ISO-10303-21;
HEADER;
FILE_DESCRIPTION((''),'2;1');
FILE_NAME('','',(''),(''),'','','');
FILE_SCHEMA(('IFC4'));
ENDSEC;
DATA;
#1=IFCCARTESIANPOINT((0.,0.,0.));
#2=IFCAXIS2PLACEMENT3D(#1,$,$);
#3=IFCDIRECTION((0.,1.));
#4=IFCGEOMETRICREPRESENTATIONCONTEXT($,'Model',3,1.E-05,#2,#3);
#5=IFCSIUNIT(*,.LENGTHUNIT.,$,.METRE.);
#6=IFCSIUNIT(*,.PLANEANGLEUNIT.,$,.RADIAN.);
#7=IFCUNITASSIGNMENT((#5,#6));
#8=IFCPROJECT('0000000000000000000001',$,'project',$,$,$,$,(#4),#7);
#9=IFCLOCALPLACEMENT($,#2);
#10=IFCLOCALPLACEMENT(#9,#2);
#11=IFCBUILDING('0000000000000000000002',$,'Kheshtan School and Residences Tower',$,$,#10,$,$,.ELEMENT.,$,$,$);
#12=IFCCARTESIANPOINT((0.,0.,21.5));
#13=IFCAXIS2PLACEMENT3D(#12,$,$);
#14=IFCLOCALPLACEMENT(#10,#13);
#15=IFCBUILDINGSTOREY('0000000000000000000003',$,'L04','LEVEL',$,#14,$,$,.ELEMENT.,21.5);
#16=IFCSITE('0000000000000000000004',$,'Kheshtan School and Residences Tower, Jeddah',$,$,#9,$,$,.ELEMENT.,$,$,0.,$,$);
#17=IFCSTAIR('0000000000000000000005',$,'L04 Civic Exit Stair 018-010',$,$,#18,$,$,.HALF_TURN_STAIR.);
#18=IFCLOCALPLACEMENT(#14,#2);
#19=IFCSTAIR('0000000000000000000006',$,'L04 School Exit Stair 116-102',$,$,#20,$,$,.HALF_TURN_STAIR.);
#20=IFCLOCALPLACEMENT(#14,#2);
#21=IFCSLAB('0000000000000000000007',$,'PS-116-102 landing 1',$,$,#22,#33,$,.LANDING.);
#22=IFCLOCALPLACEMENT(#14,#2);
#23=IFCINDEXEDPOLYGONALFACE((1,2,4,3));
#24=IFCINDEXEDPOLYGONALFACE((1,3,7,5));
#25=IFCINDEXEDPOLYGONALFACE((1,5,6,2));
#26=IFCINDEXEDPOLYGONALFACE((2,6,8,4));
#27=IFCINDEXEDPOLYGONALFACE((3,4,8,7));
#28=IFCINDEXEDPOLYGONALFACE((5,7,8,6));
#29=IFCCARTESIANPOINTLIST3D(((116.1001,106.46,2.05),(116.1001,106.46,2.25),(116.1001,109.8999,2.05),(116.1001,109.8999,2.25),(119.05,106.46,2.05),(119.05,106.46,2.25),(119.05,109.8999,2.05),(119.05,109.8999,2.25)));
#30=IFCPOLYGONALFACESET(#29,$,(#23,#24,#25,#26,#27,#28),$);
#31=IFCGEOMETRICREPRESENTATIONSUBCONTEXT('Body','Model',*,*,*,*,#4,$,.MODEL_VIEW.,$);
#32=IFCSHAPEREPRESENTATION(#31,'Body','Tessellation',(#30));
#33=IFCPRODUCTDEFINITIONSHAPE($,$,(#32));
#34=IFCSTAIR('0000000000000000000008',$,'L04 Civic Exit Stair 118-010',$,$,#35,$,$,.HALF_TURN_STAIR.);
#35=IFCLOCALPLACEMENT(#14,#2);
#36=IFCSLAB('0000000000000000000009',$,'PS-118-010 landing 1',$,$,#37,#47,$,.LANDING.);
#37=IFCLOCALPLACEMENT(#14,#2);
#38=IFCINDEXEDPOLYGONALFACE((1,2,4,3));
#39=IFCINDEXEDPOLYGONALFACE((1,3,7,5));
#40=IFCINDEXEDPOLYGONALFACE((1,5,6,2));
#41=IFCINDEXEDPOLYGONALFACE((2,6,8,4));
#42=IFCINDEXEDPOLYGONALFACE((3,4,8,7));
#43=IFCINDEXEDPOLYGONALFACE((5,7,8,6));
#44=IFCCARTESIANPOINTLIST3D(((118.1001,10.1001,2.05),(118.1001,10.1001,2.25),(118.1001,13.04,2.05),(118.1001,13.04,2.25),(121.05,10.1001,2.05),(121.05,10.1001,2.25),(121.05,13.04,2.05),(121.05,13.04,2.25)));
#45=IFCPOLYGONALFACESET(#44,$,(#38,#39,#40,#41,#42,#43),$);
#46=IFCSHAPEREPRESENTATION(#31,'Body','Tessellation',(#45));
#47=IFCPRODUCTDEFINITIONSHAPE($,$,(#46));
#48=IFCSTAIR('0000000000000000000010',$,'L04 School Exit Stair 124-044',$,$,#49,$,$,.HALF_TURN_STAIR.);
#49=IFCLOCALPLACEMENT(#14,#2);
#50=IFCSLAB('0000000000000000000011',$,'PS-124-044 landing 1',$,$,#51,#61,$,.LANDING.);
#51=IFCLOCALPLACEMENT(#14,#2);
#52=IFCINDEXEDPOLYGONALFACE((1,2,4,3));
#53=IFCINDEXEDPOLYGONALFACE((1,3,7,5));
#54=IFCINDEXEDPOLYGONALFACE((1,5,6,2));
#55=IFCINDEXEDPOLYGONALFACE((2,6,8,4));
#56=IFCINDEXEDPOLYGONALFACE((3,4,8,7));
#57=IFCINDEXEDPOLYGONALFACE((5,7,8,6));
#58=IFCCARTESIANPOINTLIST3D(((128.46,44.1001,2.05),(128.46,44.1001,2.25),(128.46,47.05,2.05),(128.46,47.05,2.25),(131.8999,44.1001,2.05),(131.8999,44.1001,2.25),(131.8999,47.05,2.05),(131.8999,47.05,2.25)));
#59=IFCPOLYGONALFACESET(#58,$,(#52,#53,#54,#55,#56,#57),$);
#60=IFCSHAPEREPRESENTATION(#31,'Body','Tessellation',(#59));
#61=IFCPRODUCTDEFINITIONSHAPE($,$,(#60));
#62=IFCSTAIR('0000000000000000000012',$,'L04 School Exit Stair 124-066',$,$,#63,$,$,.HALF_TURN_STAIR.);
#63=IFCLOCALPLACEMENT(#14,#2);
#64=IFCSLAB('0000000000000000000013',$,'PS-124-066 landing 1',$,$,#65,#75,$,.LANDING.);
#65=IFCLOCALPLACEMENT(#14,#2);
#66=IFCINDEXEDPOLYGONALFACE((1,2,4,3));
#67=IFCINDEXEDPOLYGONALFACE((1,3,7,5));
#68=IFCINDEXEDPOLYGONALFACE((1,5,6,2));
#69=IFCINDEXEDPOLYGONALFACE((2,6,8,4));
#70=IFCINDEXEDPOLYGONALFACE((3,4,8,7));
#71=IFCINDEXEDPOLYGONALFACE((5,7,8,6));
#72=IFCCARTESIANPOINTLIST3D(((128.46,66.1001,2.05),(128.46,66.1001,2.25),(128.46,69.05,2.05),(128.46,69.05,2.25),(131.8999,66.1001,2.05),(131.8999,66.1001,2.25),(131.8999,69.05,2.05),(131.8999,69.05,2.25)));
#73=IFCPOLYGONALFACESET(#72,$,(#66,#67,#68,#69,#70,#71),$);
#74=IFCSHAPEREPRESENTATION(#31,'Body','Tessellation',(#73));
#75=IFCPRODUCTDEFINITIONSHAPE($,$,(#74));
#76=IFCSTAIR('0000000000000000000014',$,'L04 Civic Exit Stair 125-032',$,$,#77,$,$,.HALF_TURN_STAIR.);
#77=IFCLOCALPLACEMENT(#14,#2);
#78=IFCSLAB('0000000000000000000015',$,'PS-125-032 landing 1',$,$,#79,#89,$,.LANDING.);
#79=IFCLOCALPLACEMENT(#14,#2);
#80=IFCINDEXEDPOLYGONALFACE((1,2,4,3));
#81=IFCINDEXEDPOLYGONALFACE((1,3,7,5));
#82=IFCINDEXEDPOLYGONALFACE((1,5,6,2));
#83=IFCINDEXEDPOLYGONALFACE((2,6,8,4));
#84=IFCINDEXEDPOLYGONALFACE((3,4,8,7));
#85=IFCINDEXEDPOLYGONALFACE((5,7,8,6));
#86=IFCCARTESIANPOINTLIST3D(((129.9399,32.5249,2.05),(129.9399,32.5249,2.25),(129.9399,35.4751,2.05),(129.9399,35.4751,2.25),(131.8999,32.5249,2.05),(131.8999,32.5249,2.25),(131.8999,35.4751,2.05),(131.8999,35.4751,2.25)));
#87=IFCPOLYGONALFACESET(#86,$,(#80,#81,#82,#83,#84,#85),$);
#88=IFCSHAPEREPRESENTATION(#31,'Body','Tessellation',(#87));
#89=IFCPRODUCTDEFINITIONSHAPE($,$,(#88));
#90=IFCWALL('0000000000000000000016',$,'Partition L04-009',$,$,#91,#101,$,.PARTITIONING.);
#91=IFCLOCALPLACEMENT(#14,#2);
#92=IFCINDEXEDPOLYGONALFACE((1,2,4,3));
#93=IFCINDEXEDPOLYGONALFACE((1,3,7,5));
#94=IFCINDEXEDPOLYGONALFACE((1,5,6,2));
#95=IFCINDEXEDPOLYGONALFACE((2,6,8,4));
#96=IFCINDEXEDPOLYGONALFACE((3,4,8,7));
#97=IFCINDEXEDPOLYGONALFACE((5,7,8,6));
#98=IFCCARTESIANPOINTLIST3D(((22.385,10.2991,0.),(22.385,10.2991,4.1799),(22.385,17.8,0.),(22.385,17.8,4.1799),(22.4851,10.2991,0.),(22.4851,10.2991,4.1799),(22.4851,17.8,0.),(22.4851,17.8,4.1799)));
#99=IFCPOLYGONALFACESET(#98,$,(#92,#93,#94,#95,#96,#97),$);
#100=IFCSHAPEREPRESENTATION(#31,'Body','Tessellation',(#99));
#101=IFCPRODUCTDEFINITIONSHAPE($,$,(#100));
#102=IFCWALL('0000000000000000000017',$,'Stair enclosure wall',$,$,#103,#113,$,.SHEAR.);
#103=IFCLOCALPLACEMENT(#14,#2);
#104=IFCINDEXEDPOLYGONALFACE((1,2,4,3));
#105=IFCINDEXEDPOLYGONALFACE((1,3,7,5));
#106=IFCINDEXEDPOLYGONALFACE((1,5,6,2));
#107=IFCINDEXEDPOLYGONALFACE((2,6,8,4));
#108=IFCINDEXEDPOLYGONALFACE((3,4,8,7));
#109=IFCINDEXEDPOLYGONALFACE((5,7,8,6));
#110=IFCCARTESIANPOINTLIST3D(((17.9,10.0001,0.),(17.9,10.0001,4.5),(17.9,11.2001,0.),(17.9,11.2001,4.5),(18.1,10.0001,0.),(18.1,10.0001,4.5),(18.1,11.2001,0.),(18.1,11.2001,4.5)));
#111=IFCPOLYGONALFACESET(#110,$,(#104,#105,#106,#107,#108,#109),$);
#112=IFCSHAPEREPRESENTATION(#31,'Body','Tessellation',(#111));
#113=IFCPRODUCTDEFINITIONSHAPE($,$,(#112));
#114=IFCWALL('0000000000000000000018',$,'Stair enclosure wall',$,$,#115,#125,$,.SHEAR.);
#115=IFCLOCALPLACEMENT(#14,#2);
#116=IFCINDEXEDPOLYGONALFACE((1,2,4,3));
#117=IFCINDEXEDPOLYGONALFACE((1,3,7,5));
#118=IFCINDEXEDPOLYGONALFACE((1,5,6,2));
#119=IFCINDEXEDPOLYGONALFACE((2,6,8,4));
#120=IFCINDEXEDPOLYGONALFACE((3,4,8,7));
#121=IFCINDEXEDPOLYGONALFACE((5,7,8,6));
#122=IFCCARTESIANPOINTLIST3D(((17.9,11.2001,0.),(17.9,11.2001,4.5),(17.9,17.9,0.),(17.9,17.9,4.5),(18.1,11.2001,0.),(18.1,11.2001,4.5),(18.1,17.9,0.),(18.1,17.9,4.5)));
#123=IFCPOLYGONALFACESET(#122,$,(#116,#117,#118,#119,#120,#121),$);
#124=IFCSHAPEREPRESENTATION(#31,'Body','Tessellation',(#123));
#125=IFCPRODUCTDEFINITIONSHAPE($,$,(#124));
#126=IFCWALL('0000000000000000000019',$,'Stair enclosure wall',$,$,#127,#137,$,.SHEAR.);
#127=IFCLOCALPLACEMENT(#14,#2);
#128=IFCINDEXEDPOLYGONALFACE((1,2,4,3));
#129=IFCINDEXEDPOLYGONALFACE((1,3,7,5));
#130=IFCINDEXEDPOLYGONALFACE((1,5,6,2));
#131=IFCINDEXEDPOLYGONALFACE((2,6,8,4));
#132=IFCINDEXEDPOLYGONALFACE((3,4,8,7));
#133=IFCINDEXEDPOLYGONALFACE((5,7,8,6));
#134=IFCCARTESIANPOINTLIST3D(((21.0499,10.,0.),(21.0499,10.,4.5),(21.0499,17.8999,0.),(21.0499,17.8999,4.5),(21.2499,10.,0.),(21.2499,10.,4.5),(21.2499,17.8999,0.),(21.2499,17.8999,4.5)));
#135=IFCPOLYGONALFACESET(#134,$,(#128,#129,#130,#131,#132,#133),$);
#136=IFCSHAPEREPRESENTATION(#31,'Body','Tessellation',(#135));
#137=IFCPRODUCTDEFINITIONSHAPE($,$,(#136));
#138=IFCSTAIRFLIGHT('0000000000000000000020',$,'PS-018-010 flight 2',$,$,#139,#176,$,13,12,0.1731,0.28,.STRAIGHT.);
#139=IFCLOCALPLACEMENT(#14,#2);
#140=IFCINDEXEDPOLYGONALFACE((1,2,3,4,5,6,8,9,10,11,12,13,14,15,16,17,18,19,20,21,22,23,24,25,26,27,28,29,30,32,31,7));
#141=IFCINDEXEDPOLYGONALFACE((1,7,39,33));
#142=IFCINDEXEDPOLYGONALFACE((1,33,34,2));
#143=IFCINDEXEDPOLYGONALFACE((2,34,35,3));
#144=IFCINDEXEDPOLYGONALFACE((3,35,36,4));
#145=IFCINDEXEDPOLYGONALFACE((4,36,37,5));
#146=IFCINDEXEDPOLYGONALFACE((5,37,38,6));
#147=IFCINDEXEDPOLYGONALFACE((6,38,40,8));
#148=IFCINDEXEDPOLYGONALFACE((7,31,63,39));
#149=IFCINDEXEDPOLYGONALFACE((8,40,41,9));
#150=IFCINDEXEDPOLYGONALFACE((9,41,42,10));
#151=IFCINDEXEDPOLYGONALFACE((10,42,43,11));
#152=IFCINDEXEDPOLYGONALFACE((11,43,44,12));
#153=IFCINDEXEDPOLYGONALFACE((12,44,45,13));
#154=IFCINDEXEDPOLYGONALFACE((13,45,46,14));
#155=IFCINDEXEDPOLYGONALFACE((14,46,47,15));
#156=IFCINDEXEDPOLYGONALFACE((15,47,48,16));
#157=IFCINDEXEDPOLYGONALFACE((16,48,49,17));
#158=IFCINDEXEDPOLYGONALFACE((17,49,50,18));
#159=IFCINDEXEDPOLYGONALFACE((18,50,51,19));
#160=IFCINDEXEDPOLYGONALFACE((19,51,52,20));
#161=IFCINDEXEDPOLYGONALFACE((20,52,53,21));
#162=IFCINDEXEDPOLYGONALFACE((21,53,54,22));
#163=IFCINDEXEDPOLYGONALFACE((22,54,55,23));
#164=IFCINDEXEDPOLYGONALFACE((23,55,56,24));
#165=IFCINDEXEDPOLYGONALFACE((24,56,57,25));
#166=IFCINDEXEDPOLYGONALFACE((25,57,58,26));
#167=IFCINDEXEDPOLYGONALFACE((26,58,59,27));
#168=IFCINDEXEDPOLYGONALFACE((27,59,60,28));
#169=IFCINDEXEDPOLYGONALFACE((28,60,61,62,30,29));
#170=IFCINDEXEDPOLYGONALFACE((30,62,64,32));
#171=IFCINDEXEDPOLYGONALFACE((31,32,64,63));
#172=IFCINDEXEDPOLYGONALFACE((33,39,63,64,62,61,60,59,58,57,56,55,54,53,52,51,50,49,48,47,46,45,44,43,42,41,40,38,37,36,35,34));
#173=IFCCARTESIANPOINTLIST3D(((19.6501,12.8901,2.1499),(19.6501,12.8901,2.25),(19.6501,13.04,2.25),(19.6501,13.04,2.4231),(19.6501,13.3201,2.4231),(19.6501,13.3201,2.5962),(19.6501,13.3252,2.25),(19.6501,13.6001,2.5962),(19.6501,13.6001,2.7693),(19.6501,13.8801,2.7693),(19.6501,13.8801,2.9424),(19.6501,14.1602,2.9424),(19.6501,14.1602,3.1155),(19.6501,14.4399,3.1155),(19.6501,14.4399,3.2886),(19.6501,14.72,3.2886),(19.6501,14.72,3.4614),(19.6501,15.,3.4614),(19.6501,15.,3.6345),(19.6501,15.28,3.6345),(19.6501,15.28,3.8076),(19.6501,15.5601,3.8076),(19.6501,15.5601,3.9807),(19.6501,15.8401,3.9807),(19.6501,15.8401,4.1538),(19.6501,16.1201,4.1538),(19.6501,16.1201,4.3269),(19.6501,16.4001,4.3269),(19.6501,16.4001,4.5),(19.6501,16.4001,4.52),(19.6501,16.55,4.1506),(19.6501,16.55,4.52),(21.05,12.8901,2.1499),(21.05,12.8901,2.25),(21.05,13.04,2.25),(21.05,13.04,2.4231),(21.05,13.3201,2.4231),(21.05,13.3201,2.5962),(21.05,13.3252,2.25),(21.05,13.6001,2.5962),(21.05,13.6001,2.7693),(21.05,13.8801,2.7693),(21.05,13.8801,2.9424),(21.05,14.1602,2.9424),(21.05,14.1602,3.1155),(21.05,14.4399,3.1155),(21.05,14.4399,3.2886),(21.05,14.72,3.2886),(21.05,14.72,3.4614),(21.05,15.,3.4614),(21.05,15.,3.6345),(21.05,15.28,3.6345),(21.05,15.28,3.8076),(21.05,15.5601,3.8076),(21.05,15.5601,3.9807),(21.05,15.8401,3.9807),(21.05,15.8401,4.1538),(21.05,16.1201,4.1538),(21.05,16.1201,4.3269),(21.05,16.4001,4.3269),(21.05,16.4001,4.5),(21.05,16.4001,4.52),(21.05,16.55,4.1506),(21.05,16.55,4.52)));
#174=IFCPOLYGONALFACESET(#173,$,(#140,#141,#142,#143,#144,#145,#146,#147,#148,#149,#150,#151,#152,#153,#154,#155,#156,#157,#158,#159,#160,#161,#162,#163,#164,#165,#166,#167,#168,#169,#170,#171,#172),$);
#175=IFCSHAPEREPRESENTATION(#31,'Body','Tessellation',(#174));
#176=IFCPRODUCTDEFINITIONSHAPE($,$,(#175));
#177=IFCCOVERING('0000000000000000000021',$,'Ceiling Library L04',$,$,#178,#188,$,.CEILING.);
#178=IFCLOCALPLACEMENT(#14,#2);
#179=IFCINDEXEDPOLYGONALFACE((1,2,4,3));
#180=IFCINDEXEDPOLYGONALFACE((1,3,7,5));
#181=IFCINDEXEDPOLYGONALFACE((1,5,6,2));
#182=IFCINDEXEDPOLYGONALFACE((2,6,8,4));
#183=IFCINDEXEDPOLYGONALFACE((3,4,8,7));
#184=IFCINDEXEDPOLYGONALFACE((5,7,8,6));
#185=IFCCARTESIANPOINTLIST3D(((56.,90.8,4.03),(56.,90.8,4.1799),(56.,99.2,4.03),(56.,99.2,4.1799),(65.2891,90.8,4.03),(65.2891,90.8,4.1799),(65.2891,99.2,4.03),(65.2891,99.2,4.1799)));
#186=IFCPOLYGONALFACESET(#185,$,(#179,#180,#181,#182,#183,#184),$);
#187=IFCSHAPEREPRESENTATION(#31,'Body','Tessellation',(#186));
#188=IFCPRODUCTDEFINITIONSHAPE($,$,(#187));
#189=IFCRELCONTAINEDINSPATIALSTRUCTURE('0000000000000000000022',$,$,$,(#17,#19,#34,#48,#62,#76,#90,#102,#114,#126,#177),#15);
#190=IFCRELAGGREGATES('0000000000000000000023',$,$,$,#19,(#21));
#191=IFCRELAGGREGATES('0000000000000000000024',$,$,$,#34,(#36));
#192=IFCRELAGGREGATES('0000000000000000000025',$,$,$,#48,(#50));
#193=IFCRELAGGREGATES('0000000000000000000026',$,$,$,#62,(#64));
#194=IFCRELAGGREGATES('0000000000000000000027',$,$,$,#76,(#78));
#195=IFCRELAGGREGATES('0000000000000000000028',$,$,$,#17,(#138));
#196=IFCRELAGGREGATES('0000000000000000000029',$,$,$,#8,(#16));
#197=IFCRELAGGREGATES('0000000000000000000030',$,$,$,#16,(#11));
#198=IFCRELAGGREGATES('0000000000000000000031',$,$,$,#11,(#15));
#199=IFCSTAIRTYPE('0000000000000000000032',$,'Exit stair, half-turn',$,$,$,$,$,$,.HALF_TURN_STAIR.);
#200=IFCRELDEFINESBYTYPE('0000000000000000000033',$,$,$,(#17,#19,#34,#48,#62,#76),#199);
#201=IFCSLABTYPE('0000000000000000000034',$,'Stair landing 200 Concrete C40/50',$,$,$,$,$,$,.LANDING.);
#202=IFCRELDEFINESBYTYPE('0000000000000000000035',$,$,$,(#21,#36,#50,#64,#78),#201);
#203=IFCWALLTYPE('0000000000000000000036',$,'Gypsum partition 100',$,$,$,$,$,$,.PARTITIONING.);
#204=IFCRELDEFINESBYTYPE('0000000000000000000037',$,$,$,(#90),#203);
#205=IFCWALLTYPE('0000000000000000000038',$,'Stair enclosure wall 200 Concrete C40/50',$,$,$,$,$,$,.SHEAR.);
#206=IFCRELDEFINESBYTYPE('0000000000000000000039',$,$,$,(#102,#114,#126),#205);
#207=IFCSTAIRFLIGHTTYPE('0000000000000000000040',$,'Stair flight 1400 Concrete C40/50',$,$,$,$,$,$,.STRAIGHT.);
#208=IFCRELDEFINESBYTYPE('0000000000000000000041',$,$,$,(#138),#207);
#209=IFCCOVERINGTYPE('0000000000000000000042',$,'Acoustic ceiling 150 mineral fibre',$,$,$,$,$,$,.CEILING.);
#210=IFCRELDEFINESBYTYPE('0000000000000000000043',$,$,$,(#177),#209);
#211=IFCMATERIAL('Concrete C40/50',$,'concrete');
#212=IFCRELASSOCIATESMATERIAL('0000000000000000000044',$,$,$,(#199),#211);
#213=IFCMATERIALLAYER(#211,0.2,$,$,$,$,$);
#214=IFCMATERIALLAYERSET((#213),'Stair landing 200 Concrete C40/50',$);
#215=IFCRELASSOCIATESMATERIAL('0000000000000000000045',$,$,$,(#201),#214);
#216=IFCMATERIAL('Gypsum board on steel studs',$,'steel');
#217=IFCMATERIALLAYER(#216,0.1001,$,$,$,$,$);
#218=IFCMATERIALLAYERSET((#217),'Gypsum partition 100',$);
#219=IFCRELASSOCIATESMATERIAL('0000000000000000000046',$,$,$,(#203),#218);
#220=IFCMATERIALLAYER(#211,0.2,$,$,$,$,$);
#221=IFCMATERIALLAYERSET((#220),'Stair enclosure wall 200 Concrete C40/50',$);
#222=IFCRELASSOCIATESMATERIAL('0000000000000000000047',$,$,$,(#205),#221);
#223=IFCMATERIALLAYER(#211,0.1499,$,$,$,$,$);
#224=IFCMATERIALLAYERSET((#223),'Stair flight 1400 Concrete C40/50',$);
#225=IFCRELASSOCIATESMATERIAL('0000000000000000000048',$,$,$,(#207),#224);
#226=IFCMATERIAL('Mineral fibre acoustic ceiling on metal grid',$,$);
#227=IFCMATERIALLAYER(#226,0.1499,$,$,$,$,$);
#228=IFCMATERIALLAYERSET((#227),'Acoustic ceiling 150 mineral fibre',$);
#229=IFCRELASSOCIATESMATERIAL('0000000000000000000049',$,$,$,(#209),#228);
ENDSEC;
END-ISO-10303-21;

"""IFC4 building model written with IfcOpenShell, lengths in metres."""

from ifc_helpers import new_model, si_unit, direction, frame, frame_2d, origin, place, context, subcontext, project, spatial, polyline, rectangle, outline, extrude, material, layer, layer_set, type_object, element, aggregate, save


model = new_model("IFC4")

# Units and contexts
model_context = context("Model", 3, precision=1e-05, world=origin(), true_north=direction((0.0, 1.0)))
body_context = subcontext(model_context, "Body", "Model", "MODEL_VIEW")
ifc_project = project(units=[si_unit("LENGTHUNIT", "METRE"), si_unit("PLANEANGLEUNIT", "RADIAN")], contexts=[model_context])

# Site, building, storey
site_placement = place(None, origin())
site = spatial("IfcSite", under=ifc_project, at=site_placement, Name="Kheshtan School and Residences Tower, Jeddah", CompositionType="ELEMENT", RefElevation=0.0)
building_placement = place(site_placement, origin())
building = spatial("IfcBuilding", under=site, at=building_placement, Name="Kheshtan School and Residences Tower", CompositionType="ELEMENT")
storey_placement = place(building_placement, frame((0.0, 0.0, 21.5)))
storey = spatial("IfcBuildingStorey", under=building, at=storey_placement, Name="L04", Description="LEVEL", CompositionType="ELEMENT", Elevation=21.5)

# Shared definitions
ifc_material_1 = material(Name="Concrete C40/50", Category="concrete")

# Stairs, slabs
stair_type = type_object("IfcStairType", Name="Exit stair, half-turn", PredefinedType="HALF_TURN_STAIR", material=ifc_material_1)
ifc_layer_1 = layer(ifc_material_1, 0.2)
ifc_layer_set_1 = layer_set([ifc_layer_1], Name="Stair landing 200 Concrete C40/50")
slab_type_1 = type_object("IfcSlabType", Name="Stair landing 200 Concrete C40/50", PredefinedType="LANDING", material=ifc_layer_set_1)
stair_1_placement = place(storey_placement, origin())
stair_1 = element("IfcStair", 1, at=stair_1_placement, inside=storey, type_object=stair_type, Name="L04 Civic Exit Stair 018-010", PredefinedType="HALF_TURN_STAIR")
stair_2_placement = place(storey_placement, origin())
stair_2 = element("IfcStair", 2, at=stair_2_placement, inside=storey, type_object=stair_type, Name="L04 School Exit Stair 116-102", PredefinedType="HALF_TURN_STAIR")
slab_1_placement = place(storey_placement, frame((0.0, 0.0, 2.05)))
slab_1 = element("IfcSlab", 3, at=slab_1_placement, type_object=slab_type_1, Name="PS-116-102 landing 1", PredefinedType="LANDING", context=body_context, shape_type="SweptSolid", body=[
    extrude(outline(polyline([(119.05, 106.46), (119.05, 109.8999), (116.1001, 109.8999), (116.1001, 106.46), (119.05, 106.46)])), origin(), (0.0, 0.0, 1.0), 0.2),
])
aggregate(stair_2, [slab_1])
stair_3_placement = place(storey_placement, origin())
stair_3 = element("IfcStair", 4, at=stair_3_placement, inside=storey, type_object=stair_type, Name="L04 Civic Exit Stair 118-010", PredefinedType="HALF_TURN_STAIR")
slab_2_placement = place(storey_placement, frame((0.0, 0.0, 2.05)))
slab_2 = element("IfcSlab", 5, at=slab_2_placement, type_object=slab_type_1, Name="PS-118-010 landing 1", PredefinedType="LANDING", context=body_context, shape_type="SweptSolid", body=[
    extrude(outline(polyline([(118.1001, 13.04), (118.1001, 10.1001), (121.05, 10.1001), (121.05, 13.04), (118.1001, 13.04)])), origin(), (0.0, 0.0, 1.0), 0.2),
])
aggregate(stair_3, [slab_2])
stair_4_placement = place(storey_placement, origin())
stair_4 = element("IfcStair", 6, at=stair_4_placement, inside=storey, type_object=stair_type, Name="L04 School Exit Stair 124-044", PredefinedType="HALF_TURN_STAIR")
slab_3_placement = place(storey_placement, frame((0.0, 0.0, 2.05)))
slab_3 = element("IfcSlab", 7, at=slab_3_placement, type_object=slab_type_1, Name="PS-124-044 landing 1", PredefinedType="LANDING", context=body_context, shape_type="SweptSolid", body=[
    extrude(outline(polyline([(128.46, 44.1001), (131.8999, 44.1001), (131.8999, 47.05), (128.46, 47.05), (128.46, 44.1001)])), origin(), (0.0, 0.0, 1.0), 0.2),
])
aggregate(stair_4, [slab_3])
stair_5_placement = place(storey_placement, origin())
stair_5 = element("IfcStair", 8, at=stair_5_placement, inside=storey, type_object=stair_type, Name="L04 School Exit Stair 124-066", PredefinedType="HALF_TURN_STAIR")
slab_4_placement = place(storey_placement, frame((0.0, 0.0, 2.05)))
slab_4 = element("IfcSlab", 9, at=slab_4_placement, type_object=slab_type_1, Name="PS-124-066 landing 1", PredefinedType="LANDING", context=body_context, shape_type="SweptSolid", body=[
    extrude(outline(polyline([(128.46, 66.1001), (131.8999, 66.1001), (131.8999, 69.05), (128.46, 69.05), (128.46, 66.1001)])), origin(), (0.0, 0.0, 1.0), 0.2),
])
aggregate(stair_5, [slab_4])
stair_6_placement = place(storey_placement, origin())
stair_6 = element("IfcStair", 10, at=stair_6_placement, inside=storey, type_object=stair_type, Name="L04 Civic Exit Stair 125-032", PredefinedType="HALF_TURN_STAIR")
slab_5_placement = place(storey_placement, frame((0.0, 0.0, 2.05)))
slab_5 = element("IfcSlab", 11, at=slab_5_placement, type_object=slab_type_1, Name="PS-125-032 landing 1", PredefinedType="LANDING", context=body_context, shape_type="SweptSolid", body=[
    extrude(outline(polyline([(129.9399, 32.5249), (131.8999, 32.5249), (131.8999, 35.4751), (129.9399, 35.4751), (129.9399, 32.5249)])), origin(), (0.0, 0.0, 1.0), 0.2),
])
aggregate(stair_6, [slab_5])

# Walls
ifc_material_2 = material(Name="Gypsum board on steel studs", Category="steel")
ifc_layer_2 = layer(ifc_material_2, 0.1001)
ifc_layer_set_2 = layer_set([ifc_layer_2], Name="Gypsum partition 100")
wall_type_1 = type_object("IfcWallType", Name="Gypsum partition 100", PredefinedType="PARTITIONING", material=ifc_layer_set_2)
wall_1_placement = place(storey_placement, frame((22.4351, 10.2991, 0.0), z_axis=(0.0, 0.0, 1.0), x_axis=(0.0, 1.0, 0.0)))
element("IfcWall", 12, at=wall_1_placement, inside=storey, type_object=wall_type_1, Name="Partition L04-009", PredefinedType="PARTITIONING", context=body_context, shape_type="SweptSolid", body=[
    extrude(rectangle(XDim=7.501, YDim=0.1001, at=frame_2d((3.7505, 0.0))), origin(), (0.0, 0.0, 1.0), 4.1799),
])
ifc_layer_3 = layer(ifc_material_1, 0.2)
ifc_layer_set_3 = layer_set([ifc_layer_3], Name="Stair enclosure wall 200 Concrete C40/50")
wall_type_2 = type_object("IfcWallType", Name="Stair enclosure wall 200 Concrete C40/50", PredefinedType="SHEAR", material=ifc_layer_set_3)
wall_2_placement = place(storey_placement, frame((18.0, 10.0, 0.0), z_axis=(0.0, 0.0, 1.0), x_axis=(0.0, 1.0, 0.0)))
element("IfcWall", 13, at=wall_2_placement, inside=storey, type_object=wall_type_2, Name="Stair enclosure wall", PredefinedType="SHEAR", context=body_context, shape_type="SweptSolid", body=[
    extrude(rectangle(XDim=1.2, YDim=0.2, at=frame_2d((0.6001, 0.0))), origin(), (0.0, 0.0, 1.0), 4.5),
])
wall_3_placement = place(storey_placement, frame((18.0, 11.2, 0.0), z_axis=(0.0, 0.0, 1.0), x_axis=(0.0, 1.0, 0.0)))
element("IfcWall", 14, at=wall_3_placement, inside=storey, type_object=wall_type_2, Name="Stair enclosure wall", PredefinedType="SHEAR", context=body_context, shape_type="SweptSolid", body=[
    extrude(rectangle(XDim=6.7, YDim=0.2, at=frame_2d((3.3501, 0.0))), origin(), (0.0, 0.0, 1.0), 4.5),
])
wall_4_placement = place(storey_placement, frame((21.1499, 10.0, 0.0), z_axis=(0.0, 0.0, 1.0), x_axis=(0.0, 1.0, 0.0)))
element("IfcWall", 15, at=wall_4_placement, inside=storey, type_object=wall_type_2, Name="Stair enclosure wall", PredefinedType="SHEAR", context=body_context, shape_type="SweptSolid", body=[
    extrude(rectangle(XDim=7.8999, YDim=0.2, at=frame_2d((3.95, 0.0))), origin(), (0.0, 0.0, 1.0), 4.5),
])

# Stair flight
ifc_layer_4 = layer(ifc_material_1, 0.1499)
ifc_layer_set_4 = layer_set([ifc_layer_4], Name="Stair flight 1400 Concrete C40/50")
stair_flight_type = type_object("IfcStairFlightType", Name="Stair flight 1400 Concrete C40/50", PredefinedType="STRAIGHT", material=ifc_layer_set_4)
stair_flight_placement = place(storey_placement, frame((20.3501, 13.04, 2.25), z_axis=(0.0, 0.0, 1.0), x_axis=(0.0, 1.0, 0.0)))
stair_flight = element("IfcStairFlight", 16, at=stair_flight_placement, type_object=stair_flight_type, Name="PS-018-010 flight 2", NumberOfRisers=13, NumberOfTreads=12, PredefinedType="STRAIGHT", RiserHeight=0.1731, TreadLength=0.28, context=body_context, shape_type="SweptSolid", body=[
    extrude(outline(polyline([(-0.1499, -0.1001), (-0.1499, 0.0), (0.0, 0.0), (0.0, 0.1731), (0.28, 0.1731), (0.28, 0.3462), (0.5601, 0.3462), (0.5601, 0.5193), (0.8401, 0.5193), (0.8401, 0.6924), (1.1201, 0.6924), (1.1201, 0.8655), (1.3999, 0.8655), (1.3999, 1.0386), (1.6799, 1.0386), (1.6799, 1.2114), (1.96, 1.2114), (1.96, 1.3845), (2.24, 1.3845), (2.24, 1.5576), (2.52, 1.5576), (2.52, 1.7307), (2.8, 1.7307), (2.8, 1.9038), (3.0801, 1.9038), (3.0801, 2.0769), (3.3601, 2.0769), (3.3601, 2.25), (3.3601, 2.27), (3.51, 2.27), (3.51, 1.9006), (0.2852, 0.0), (-0.1499, -0.1001)])), frame((0.0, 0.7, 0.0), z_axis=(0.0, -1.0, 0.0), x_axis=(1.0, 0.0, 0.0)), (0.0, 0.0, 1.0), 1.3999),
])
aggregate(stair_1, [stair_flight])

# Covering
ifc_material_3 = material(Name="Mineral fibre acoustic ceiling on metal grid")
ifc_layer_5 = layer(ifc_material_3, 0.1499)
ifc_layer_set_5 = layer_set([ifc_layer_5], Name="Acoustic ceiling 150 mineral fibre")
covering_type = type_object("IfcCoveringType", Name="Acoustic ceiling 150 mineral fibre", PredefinedType="CEILING", material=ifc_layer_set_5)
covering_placement = place(storey_placement, frame((0.0, 0.0, 4.03)))
element("IfcCovering", 17, at=covering_placement, inside=storey, type_object=covering_type, Name="Ceiling Library L04", PredefinedType="CEILING", context=body_context, shape_type="SweptSolid", body=[
    extrude(outline(polyline([(65.2891, 99.2), (65.2891, 90.8), (56.0, 90.8), (56.0, 99.2), (65.2891, 99.2)])), origin(), (0.0, 0.0, 1.0), 0.1499),
])

save(model, "model.ifc")
